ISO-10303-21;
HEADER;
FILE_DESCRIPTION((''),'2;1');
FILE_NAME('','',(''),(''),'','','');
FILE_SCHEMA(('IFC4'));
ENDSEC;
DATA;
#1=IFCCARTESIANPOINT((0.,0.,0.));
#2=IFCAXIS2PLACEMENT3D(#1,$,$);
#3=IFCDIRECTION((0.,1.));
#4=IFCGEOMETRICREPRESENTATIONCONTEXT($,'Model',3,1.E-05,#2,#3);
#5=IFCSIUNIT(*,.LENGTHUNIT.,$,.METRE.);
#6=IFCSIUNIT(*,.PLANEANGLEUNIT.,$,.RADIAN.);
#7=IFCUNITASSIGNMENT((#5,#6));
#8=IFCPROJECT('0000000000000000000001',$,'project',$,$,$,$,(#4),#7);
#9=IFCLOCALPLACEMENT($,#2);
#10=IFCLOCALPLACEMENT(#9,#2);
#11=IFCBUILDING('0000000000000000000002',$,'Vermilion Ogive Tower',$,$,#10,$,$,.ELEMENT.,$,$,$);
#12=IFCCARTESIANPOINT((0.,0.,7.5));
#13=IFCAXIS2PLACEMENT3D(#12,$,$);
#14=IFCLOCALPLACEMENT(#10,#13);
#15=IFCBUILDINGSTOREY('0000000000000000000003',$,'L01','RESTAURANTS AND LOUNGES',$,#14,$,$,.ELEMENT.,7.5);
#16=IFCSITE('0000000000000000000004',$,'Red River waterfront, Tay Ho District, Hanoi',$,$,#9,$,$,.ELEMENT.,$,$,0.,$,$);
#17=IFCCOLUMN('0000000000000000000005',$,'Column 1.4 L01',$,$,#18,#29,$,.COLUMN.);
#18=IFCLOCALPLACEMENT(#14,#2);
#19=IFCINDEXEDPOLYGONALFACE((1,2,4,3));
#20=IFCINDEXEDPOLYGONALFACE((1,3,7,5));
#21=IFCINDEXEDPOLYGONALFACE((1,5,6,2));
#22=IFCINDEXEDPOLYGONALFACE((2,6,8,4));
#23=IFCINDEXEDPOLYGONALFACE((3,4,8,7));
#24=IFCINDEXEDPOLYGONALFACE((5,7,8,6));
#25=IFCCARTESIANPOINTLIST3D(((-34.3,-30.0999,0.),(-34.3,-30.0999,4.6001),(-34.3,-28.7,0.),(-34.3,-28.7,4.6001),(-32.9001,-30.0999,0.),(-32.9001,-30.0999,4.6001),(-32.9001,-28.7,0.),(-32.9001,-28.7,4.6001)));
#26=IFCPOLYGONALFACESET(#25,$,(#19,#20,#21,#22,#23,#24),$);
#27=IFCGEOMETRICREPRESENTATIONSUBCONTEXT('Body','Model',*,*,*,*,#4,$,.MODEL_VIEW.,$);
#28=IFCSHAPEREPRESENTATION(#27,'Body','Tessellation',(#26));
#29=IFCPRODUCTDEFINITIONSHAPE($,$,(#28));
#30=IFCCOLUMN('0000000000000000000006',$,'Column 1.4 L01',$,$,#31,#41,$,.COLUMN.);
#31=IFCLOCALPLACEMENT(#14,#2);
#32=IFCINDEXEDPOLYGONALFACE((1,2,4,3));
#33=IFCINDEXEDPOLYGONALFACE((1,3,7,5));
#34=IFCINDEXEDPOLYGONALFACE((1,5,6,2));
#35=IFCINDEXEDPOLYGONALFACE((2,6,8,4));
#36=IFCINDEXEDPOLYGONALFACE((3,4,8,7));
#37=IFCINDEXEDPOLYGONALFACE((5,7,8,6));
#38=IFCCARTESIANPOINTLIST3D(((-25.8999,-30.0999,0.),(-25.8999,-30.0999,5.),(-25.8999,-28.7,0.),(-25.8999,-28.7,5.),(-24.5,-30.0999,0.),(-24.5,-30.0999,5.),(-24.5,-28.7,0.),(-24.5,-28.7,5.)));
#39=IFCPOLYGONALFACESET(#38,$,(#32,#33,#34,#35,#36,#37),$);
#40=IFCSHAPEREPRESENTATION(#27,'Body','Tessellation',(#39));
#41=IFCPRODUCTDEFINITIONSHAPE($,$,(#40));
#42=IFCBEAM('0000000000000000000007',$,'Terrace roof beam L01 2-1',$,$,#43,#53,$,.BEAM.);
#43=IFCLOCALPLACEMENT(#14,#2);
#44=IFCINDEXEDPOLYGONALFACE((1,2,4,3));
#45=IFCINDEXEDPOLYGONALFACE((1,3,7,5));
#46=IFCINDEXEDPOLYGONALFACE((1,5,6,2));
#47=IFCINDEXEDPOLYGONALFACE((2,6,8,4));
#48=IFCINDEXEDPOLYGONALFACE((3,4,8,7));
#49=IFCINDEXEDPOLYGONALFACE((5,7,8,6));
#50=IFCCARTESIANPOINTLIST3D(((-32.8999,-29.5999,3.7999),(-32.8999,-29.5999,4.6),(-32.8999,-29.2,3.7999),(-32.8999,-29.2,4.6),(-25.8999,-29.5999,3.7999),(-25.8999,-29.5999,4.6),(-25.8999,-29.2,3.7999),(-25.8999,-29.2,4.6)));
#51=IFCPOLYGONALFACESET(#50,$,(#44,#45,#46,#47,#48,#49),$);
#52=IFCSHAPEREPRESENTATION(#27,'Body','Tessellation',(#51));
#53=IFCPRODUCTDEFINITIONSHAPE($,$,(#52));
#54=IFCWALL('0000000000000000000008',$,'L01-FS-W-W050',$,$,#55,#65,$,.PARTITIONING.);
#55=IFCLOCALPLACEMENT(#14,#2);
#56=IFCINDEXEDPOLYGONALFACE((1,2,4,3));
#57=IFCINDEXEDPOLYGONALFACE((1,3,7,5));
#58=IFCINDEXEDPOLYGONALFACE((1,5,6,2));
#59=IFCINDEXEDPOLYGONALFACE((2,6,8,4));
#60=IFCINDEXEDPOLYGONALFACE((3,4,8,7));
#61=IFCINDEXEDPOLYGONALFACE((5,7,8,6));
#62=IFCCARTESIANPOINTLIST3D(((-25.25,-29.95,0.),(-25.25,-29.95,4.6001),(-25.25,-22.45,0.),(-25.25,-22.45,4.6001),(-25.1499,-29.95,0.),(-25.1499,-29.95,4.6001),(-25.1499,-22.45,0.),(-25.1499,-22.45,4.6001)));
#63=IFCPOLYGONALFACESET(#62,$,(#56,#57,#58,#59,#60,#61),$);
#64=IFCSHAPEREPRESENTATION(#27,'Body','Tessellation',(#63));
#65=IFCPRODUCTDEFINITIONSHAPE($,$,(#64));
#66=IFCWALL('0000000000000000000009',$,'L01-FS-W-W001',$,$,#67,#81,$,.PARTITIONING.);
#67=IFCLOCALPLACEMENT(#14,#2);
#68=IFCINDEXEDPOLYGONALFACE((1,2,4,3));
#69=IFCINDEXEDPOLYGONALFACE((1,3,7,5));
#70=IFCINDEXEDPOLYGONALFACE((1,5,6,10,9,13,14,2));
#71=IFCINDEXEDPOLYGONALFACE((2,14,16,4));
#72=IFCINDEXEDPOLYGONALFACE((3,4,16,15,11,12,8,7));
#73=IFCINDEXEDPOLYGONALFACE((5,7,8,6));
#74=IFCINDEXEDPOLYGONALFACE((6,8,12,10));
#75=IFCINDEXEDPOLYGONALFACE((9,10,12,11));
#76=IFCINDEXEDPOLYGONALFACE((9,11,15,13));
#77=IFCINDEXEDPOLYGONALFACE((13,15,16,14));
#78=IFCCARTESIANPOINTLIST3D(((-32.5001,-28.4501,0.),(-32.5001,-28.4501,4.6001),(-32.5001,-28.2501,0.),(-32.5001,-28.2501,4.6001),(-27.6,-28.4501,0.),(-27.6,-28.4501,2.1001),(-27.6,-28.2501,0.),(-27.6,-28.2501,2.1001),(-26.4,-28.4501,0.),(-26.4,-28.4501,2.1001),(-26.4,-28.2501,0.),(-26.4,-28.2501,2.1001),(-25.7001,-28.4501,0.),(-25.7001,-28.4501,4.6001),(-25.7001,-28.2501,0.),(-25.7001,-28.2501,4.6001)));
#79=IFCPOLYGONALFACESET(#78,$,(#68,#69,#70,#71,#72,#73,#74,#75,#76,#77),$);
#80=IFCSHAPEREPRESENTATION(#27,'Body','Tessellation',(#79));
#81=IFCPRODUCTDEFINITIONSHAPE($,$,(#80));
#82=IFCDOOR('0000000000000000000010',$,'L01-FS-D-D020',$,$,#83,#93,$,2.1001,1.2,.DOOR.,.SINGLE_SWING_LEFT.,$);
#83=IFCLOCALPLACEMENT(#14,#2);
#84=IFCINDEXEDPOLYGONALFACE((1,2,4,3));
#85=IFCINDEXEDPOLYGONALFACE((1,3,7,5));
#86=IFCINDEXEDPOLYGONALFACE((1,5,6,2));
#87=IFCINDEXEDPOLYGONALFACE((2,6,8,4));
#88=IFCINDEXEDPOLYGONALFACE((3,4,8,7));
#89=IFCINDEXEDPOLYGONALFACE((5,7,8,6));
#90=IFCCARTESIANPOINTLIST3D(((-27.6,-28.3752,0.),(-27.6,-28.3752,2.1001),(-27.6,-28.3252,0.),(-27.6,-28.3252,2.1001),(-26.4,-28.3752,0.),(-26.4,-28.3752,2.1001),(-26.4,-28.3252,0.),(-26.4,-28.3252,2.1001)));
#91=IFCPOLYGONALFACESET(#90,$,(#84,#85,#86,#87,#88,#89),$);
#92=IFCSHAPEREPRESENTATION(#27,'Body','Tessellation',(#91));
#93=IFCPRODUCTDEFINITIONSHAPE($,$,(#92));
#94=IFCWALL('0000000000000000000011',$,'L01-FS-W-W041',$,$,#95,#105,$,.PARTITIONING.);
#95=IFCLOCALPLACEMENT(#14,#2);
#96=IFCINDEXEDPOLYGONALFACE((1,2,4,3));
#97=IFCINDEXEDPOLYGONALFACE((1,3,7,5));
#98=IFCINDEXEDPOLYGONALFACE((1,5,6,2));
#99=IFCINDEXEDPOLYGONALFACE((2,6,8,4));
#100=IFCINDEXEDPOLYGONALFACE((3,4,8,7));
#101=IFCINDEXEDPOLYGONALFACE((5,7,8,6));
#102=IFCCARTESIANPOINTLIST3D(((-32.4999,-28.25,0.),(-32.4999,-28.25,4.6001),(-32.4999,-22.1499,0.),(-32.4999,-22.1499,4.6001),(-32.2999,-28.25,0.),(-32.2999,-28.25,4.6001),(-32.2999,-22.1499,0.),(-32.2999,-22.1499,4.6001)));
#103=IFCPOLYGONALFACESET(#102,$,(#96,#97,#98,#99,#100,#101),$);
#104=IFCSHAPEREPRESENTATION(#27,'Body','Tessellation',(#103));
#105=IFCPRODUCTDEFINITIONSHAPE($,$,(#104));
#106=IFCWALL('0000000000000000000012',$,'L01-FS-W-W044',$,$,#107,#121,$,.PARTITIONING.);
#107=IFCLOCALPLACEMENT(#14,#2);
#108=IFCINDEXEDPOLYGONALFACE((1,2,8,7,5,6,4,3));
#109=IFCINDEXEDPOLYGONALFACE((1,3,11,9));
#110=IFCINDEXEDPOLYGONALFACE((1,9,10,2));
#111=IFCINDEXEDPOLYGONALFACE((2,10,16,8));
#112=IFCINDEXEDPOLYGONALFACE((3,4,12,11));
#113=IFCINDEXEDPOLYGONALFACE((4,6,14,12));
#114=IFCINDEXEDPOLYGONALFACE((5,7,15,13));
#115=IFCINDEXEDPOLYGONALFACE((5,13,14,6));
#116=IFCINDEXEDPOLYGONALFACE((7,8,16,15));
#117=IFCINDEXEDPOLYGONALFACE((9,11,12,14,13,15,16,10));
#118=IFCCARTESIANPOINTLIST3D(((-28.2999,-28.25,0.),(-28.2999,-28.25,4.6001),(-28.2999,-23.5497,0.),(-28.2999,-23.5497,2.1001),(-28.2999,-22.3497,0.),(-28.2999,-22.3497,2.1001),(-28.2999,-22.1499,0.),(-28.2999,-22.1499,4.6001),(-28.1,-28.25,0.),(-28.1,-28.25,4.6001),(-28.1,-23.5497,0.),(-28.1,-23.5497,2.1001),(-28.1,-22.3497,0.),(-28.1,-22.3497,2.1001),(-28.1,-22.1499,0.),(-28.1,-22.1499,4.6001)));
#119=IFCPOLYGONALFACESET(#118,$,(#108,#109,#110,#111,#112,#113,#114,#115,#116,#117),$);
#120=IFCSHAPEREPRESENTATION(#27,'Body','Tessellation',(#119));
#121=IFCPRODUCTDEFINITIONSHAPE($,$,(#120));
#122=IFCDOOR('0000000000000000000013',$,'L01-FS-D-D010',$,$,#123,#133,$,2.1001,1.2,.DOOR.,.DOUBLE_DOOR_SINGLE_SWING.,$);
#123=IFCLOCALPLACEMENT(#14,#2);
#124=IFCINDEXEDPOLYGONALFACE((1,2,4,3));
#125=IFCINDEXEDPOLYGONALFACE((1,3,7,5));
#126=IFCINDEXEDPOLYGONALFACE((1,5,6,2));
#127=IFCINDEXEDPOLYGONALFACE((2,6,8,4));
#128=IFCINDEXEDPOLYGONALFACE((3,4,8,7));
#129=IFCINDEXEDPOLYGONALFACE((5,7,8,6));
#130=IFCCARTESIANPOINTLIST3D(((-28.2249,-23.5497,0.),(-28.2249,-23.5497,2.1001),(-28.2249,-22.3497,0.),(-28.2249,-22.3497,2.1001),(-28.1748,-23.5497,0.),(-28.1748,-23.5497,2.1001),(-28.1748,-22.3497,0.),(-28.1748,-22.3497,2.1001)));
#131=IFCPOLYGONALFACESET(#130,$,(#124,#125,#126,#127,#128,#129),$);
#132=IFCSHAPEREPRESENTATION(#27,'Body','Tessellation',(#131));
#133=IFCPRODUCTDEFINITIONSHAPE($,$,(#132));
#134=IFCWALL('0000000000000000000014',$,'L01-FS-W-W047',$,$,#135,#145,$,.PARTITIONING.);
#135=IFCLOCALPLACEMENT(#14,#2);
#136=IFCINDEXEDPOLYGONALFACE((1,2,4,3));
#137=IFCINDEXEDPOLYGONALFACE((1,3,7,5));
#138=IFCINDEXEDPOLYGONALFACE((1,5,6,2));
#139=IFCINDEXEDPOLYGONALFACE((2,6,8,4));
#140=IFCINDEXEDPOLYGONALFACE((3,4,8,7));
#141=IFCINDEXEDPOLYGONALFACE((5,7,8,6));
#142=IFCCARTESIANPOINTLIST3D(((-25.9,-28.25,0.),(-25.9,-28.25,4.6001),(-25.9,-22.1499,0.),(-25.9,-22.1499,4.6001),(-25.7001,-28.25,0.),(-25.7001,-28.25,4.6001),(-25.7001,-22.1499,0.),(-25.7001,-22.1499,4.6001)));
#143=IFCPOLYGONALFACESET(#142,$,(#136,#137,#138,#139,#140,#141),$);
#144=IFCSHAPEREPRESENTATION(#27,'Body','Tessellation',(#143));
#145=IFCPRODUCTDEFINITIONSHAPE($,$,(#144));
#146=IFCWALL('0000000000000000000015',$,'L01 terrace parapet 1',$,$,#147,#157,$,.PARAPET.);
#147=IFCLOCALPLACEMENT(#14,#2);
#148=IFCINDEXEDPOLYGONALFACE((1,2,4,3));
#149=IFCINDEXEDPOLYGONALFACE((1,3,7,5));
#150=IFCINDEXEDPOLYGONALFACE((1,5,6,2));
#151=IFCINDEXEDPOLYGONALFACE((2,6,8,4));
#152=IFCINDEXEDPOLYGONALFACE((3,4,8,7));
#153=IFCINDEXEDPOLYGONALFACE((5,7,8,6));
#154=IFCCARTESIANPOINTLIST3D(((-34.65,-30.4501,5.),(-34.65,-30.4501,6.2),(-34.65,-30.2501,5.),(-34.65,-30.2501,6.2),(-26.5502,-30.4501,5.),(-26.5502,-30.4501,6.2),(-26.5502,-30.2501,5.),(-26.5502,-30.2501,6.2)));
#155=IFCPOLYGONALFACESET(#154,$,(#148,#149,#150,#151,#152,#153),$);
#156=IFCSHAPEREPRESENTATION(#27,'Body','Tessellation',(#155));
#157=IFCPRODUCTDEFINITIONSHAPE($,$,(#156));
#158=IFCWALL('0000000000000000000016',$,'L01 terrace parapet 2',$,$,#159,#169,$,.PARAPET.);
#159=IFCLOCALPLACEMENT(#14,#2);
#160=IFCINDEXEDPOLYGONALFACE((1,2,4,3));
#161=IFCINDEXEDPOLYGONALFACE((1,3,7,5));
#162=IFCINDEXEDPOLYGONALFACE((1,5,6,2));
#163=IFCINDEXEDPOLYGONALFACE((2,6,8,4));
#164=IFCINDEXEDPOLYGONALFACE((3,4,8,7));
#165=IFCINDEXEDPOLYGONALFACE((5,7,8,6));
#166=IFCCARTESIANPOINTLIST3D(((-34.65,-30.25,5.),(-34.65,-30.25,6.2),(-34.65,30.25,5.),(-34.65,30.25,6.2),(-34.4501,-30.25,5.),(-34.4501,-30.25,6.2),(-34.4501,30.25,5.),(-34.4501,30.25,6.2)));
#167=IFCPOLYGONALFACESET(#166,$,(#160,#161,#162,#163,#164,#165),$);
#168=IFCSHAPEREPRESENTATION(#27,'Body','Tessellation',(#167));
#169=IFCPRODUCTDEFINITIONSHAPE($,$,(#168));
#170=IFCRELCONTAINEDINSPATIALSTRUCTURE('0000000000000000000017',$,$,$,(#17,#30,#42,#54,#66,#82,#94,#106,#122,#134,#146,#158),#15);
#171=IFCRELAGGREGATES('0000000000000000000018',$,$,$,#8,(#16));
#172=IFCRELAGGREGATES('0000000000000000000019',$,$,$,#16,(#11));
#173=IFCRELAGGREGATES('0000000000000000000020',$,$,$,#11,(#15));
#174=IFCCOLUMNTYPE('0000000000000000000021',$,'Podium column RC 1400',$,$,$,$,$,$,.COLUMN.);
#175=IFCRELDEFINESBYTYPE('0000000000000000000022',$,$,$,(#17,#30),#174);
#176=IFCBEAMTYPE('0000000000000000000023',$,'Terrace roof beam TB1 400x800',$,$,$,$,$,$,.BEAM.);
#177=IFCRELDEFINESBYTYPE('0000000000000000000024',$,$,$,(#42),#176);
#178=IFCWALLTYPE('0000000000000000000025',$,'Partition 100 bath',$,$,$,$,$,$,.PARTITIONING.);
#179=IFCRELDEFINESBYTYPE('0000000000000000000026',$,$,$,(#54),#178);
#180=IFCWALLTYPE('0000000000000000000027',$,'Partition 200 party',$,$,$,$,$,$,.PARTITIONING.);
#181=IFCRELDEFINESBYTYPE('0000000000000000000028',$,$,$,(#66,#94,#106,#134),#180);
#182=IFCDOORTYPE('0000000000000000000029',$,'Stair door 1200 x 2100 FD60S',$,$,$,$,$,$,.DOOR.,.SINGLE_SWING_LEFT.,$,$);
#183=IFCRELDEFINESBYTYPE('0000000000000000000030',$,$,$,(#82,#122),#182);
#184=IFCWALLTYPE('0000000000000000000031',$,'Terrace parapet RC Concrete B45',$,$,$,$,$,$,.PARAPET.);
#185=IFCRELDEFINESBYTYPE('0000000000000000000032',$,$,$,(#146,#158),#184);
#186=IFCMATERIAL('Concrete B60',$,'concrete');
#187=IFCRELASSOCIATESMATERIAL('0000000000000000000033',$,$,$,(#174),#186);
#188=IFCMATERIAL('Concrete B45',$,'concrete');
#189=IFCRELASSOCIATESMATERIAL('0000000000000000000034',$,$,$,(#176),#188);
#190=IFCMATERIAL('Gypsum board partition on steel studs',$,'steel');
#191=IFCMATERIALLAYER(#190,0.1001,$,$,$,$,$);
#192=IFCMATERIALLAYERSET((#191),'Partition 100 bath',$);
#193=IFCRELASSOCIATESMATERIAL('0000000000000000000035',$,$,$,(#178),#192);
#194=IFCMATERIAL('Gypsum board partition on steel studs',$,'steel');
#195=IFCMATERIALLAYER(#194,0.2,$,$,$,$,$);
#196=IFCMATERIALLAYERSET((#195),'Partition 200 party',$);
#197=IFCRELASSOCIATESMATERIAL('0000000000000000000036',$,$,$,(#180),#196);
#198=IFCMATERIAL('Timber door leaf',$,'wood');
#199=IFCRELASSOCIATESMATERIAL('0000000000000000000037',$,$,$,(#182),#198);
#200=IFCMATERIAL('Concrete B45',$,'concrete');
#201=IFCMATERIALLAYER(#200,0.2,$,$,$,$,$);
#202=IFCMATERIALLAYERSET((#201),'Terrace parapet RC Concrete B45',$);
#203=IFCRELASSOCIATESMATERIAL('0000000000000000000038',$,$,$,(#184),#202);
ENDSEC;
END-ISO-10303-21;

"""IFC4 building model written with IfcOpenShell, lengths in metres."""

from ifc_helpers import new_model, si_unit, direction, frame, frame_2d, origin, origin_2d, place, context, subcontext, project, spatial, rectangle, extrude, material, layer, layer_set, material_profile, profile_set, type_object, element, fill, save


model = new_model("IFC4")

# Units and contexts
model_context = context("Model", 3, precision=1e-05, world=origin(), true_north=direction((0.0, 1.0)))
body_context = subcontext(model_context, "Body", "Model", "MODEL_VIEW")
ifc_project = project(units=[si_unit("LENGTHUNIT", "METRE"), si_unit("PLANEANGLEUNIT", "RADIAN")], contexts=[model_context])

# Site, building, storey
site_placement = place(None, origin())
site = spatial("IfcSite", under=ifc_project, at=site_placement, Name="Red River waterfront, Tay Ho District, Hanoi", CompositionType="ELEMENT", RefElevation=0.0)
building_placement = place(site_placement, origin())
building = spatial("IfcBuilding", under=site, at=building_placement, Name="Vermilion Ogive Tower", CompositionType="ELEMENT")
storey_placement = place(building_placement, frame((0.0, 0.0, 7.5)))
storey = spatial("IfcBuildingStorey", under=building, at=storey_placement, Name="L01", Description="RESTAURANTS AND LOUNGES", CompositionType="ELEMENT", Elevation=7.5)

# Columns
ifc_material_1 = material(Name="Concrete B60", Category="concrete")
ifc_material_profile_1 = material_profile(ifc_material_1, rectangle(XDim=1.3999, YDim=1.3999, at=origin_2d()), Name="RC 1400x1400")
ifc_profile_set_1 = profile_set([ifc_material_profile_1], Name="Concrete B60")
column_type = type_object("IfcColumnType", Name="Podium column RC 1400", PredefinedType="COLUMN", material=ifc_profile_set_1)
column_1_placement = place(storey_placement, frame((-33.6001, -29.3999, 0.0), z_axis=(0.0, 0.0, 1.0), x_axis=(1.0, 0.0, 0.0)))
element("IfcColumn", 1, at=column_1_placement, inside=storey, type_object=column_type, Name="Column 1.4 L01", PredefinedType="COLUMN", context=body_context, shape_type="SweptSolid", body=[
    extrude(rectangle(XDim=1.3999, YDim=1.3999, at=origin_2d()), origin(), (0.0, 0.0, 1.0), 4.6001),
])
column_2_placement = place(storey_placement, frame((-25.2, -29.3999, 0.0), z_axis=(0.0, 0.0, 1.0), x_axis=(1.0, 0.0, 0.0)))
element("IfcColumn", 2, at=column_2_placement, inside=storey, type_object=column_type, Name="Column 1.4 L01", PredefinedType="COLUMN", context=body_context, shape_type="SweptSolid", body=[
    extrude(rectangle(XDim=1.3999, YDim=1.3999, at=origin_2d()), origin(), (0.0, 0.0, 1.0), 5.0),
])

# Beam
ifc_material_2 = material(Name="Concrete B45", Category="concrete")
ifc_material_profile_2 = material_profile(ifc_material_2, rectangle(XDim=0.3999, YDim=0.8, at=origin_2d()), Name="RC 400x800")
ifc_profile_set_2 = profile_set([ifc_material_profile_2], Name="Concrete B45")
beam_type = type_object("IfcBeamType", Name="Terrace roof beam TB1 400x800", PredefinedType="BEAM", material=ifc_profile_set_2)
beam_placement = place(storey_placement, frame((-32.8999, -29.3999, 4.2), z_axis=(1.0, 0.0, 0.0), x_axis=(0.0, 1.0, 0.0)))
element("IfcBeam", 3, at=beam_placement, inside=storey, type_object=beam_type, Name="Terrace roof beam L01 2-1", PredefinedType="BEAM", context=body_context, shape_type="SweptSolid", body=[
    extrude(rectangle(XDim=0.3999, YDim=0.8, at=origin_2d()), origin(), (0.0, 0.0, 1.0), 7.0),
])

# Wall
ifc_material_3 = material(Name="Gypsum board partition on steel studs", Category="steel")
ifc_layer_1 = layer(ifc_material_3, 0.1001)
ifc_layer_set_1 = layer_set([ifc_layer_1], Name="Partition 100 bath")
wall_type_1 = type_object("IfcWallType", Name="Partition 100 bath", PredefinedType="PARTITIONING", material=ifc_layer_set_1)
wall_1_placement = place(storey_placement, frame((-25.2, -29.95, 0.0), z_axis=(0.0, 0.0, 1.0), x_axis=(0.0, 1.0, 0.0)))
element("IfcWall", 4, at=wall_1_placement, inside=storey, type_object=wall_type_1, Name="L01-FS-W-W050", PredefinedType="PARTITIONING", context=body_context, shape_type="SweptSolid", body=[
    extrude(rectangle(XDim=7.5, YDim=0.1001, at=frame_2d((3.75, 0.0))), origin(), (0.0, 0.0, 1.0), 4.6001),
])

# Wall, opening, door
ifc_material_4 = material(Name="Gypsum board partition on steel studs", Category="steel")
ifc_layer_2 = layer(ifc_material_4, 0.2)
ifc_layer_set_2 = layer_set([ifc_layer_2], Name="Partition 200 party")
wall_type_2 = type_object("IfcWallType", Name="Partition 200 party", PredefinedType="PARTITIONING", material=ifc_layer_set_2)
wall_2_placement = place(storey_placement, frame((-32.5, -28.3501, 0.0), z_axis=(0.0, 0.0, 1.0), x_axis=(1.0, 0.0, 0.0)))
wall_2 = element("IfcWall", 5, at=wall_2_placement, inside=storey, type_object=wall_type_2, Name="L01-FS-W-W001", PredefinedType="PARTITIONING", context=body_context, shape_type="SweptSolid", body=[
    extrude(rectangle(XDim=6.8, YDim=0.2, at=frame_2d((3.3999, 0.0))), origin(), (0.0, 0.0, 1.0), 4.6001),
])
opening_1_placement = place(wall_2_placement, frame((4.8999, 0.0, 0.0)))
opening_1 = element("IfcOpeningElement", 6, at=opening_1_placement, cuts=wall_2, PredefinedType="OPENING", context=body_context, shape_type="SweptSolid", body=[
    extrude(rectangle(XDim=1.2, YDim=2.1001, at=frame_2d((0.6001, 1.05))), frame((0.0, 0.1099, 0.0), z_axis=(0.0, -1.0, 0.0), x_axis=(1.0, 0.0, 0.0)), (0.0, 0.0, 1.0), 0.22),
])
ifc_material_5 = material(Name="Timber door leaf", Category="wood")
door_type = type_object("IfcDoorType", Name="Stair door 1200 x 2100 FD60S", OperationType="SINGLE_SWING_LEFT", PredefinedType="DOOR", material=ifc_material_5)
door_1_placement = place(opening_1_placement, origin())
door_1 = element("IfcDoor", 7, at=door_1_placement, inside=storey, type_object=door_type, Name="L01-FS-D-D020", OperationType="SINGLE_SWING_LEFT", OverallHeight=2.1001, OverallWidth=1.2, PredefinedType="DOOR", context=body_context, shape_type="SweptSolid", body=[
    extrude(rectangle(XDim=1.2, YDim=2.1001, at=frame_2d((0.6001, 1.05))), frame((0.0, 0.0249, 0.0), z_axis=(0.0, -1.0, 0.0), x_axis=(1.0, 0.0, 0.0)), (0.0, 0.0, 1.0), 0.05),
])
fill(opening_1, door_1)

# Wall
wall_3_placement = place(storey_placement, frame((-32.3999, -28.25, 0.0), z_axis=(0.0, 0.0, 1.0), x_axis=(0.0, 1.0, 0.0)))
element("IfcWall", 8, at=wall_3_placement, inside=storey, type_object=wall_type_2, Name="L01-FS-W-W041", PredefinedType="PARTITIONING", context=body_context, shape_type="SweptSolid", body=[
    extrude(rectangle(XDim=6.1001, YDim=0.2, at=frame_2d((3.05, 0.0))), origin(), (0.0, 0.0, 1.0), 4.6001),
])

# Wall, opening, door
wall_4_placement = place(storey_placement, frame((-28.2, -28.25, 0.0), z_axis=(0.0, 0.0, 1.0), x_axis=(0.0, 1.0, 0.0)))
wall_4 = element("IfcWall", 9, at=wall_4_placement, inside=storey, type_object=wall_type_2, Name="L01-FS-W-W044", PredefinedType="PARTITIONING", context=body_context, shape_type="SweptSolid", body=[
    extrude(rectangle(XDim=6.1001, YDim=0.2, at=frame_2d((3.05, 0.0))), origin(), (0.0, 0.0, 1.0), 4.6001),
])
opening_2_placement = place(wall_4_placement, frame((4.7002, 0.0, 0.0)))
opening_2 = element("IfcOpeningElement", 10, at=opening_2_placement, cuts=wall_4, PredefinedType="OPENING", context=body_context, shape_type="SweptSolid", body=[
    extrude(rectangle(XDim=1.2, YDim=2.1001, at=frame_2d((0.6001, 1.05))), frame((0.0, 0.1099, 0.0), z_axis=(0.0, -1.0, 0.0), x_axis=(1.0, 0.0, 0.0)), (0.0, 0.0, 1.0), 0.22),
])
door_2_placement = place(opening_2_placement, origin())
door_2 = element("IfcDoor", 11, at=door_2_placement, inside=storey, type_object=door_type, Name="L01-FS-D-D010", OperationType="DOUBLE_DOOR_SINGLE_SWING", OverallHeight=2.1001, OverallWidth=1.2, PredefinedType="DOOR", context=body_context, shape_type="SweptSolid", body=[
    extrude(rectangle(XDim=1.2, YDim=2.1001, at=frame_2d((0.6001, 1.05))), frame((0.0, 0.0249, 0.0), z_axis=(0.0, -1.0, 0.0), x_axis=(1.0, 0.0, 0.0)), (0.0, 0.0, 1.0), 0.05),
])
fill(opening_2, door_2)

# Walls
wall_5_placement = place(storey_placement, frame((-25.8, -28.25, 0.0), z_axis=(0.0, 0.0, 1.0), x_axis=(0.0, 1.0, 0.0)))
element("IfcWall", 12, at=wall_5_placement, inside=storey, type_object=wall_type_2, Name="L01-FS-W-W047", PredefinedType="PARTITIONING", context=body_context, shape_type="SweptSolid", body=[
    extrude(rectangle(XDim=6.1001, YDim=0.2, at=frame_2d((3.05, 0.0))), origin(), (0.0, 0.0, 1.0), 4.6001),
])
ifc_material_6 = material(Name="Concrete B45", Category="concrete")
ifc_layer_3 = layer(ifc_material_6, 0.2)
ifc_layer_set_3 = layer_set([ifc_layer_3], Name="Terrace parapet RC Concrete B45")
wall_type_3 = type_object("IfcWallType", Name="Terrace parapet RC Concrete B45", PredefinedType="PARAPET", material=ifc_layer_set_3)
wall_6_placement = place(storey_placement, frame((-34.6499, -30.3501, 5.0), z_axis=(0.0, 0.0, 1.0), x_axis=(1.0, 0.0, 0.0)))
element("IfcWall", 13, at=wall_6_placement, inside=storey, type_object=wall_type_3, Name="L01 terrace parapet 1", PredefinedType="PARAPET", context=body_context, shape_type="SweptSolid", body=[
    extrude(rectangle(XDim=8.0999, YDim=0.2, at=frame_2d((4.0498, 0.0))), origin(), (0.0, 0.0, 1.0), 1.2),
])
wall_7_placement = place(storey_placement, frame((-34.55, -30.25, 5.0), z_axis=(0.0, 0.0, 1.0), x_axis=(0.0, 1.0, 0.0)))
element("IfcWall", 14, at=wall_7_placement, inside=storey, type_object=wall_type_3, Name="L01 terrace parapet 2", PredefinedType="PARAPET", context=body_context, shape_type="SweptSolid", body=[
    extrude(rectangle(XDim=60.5, YDim=0.2, at=frame_2d((30.25, 0.0))), origin(), (0.0, 0.0, 1.0), 1.2),
])

save(model, "model.ifc")
